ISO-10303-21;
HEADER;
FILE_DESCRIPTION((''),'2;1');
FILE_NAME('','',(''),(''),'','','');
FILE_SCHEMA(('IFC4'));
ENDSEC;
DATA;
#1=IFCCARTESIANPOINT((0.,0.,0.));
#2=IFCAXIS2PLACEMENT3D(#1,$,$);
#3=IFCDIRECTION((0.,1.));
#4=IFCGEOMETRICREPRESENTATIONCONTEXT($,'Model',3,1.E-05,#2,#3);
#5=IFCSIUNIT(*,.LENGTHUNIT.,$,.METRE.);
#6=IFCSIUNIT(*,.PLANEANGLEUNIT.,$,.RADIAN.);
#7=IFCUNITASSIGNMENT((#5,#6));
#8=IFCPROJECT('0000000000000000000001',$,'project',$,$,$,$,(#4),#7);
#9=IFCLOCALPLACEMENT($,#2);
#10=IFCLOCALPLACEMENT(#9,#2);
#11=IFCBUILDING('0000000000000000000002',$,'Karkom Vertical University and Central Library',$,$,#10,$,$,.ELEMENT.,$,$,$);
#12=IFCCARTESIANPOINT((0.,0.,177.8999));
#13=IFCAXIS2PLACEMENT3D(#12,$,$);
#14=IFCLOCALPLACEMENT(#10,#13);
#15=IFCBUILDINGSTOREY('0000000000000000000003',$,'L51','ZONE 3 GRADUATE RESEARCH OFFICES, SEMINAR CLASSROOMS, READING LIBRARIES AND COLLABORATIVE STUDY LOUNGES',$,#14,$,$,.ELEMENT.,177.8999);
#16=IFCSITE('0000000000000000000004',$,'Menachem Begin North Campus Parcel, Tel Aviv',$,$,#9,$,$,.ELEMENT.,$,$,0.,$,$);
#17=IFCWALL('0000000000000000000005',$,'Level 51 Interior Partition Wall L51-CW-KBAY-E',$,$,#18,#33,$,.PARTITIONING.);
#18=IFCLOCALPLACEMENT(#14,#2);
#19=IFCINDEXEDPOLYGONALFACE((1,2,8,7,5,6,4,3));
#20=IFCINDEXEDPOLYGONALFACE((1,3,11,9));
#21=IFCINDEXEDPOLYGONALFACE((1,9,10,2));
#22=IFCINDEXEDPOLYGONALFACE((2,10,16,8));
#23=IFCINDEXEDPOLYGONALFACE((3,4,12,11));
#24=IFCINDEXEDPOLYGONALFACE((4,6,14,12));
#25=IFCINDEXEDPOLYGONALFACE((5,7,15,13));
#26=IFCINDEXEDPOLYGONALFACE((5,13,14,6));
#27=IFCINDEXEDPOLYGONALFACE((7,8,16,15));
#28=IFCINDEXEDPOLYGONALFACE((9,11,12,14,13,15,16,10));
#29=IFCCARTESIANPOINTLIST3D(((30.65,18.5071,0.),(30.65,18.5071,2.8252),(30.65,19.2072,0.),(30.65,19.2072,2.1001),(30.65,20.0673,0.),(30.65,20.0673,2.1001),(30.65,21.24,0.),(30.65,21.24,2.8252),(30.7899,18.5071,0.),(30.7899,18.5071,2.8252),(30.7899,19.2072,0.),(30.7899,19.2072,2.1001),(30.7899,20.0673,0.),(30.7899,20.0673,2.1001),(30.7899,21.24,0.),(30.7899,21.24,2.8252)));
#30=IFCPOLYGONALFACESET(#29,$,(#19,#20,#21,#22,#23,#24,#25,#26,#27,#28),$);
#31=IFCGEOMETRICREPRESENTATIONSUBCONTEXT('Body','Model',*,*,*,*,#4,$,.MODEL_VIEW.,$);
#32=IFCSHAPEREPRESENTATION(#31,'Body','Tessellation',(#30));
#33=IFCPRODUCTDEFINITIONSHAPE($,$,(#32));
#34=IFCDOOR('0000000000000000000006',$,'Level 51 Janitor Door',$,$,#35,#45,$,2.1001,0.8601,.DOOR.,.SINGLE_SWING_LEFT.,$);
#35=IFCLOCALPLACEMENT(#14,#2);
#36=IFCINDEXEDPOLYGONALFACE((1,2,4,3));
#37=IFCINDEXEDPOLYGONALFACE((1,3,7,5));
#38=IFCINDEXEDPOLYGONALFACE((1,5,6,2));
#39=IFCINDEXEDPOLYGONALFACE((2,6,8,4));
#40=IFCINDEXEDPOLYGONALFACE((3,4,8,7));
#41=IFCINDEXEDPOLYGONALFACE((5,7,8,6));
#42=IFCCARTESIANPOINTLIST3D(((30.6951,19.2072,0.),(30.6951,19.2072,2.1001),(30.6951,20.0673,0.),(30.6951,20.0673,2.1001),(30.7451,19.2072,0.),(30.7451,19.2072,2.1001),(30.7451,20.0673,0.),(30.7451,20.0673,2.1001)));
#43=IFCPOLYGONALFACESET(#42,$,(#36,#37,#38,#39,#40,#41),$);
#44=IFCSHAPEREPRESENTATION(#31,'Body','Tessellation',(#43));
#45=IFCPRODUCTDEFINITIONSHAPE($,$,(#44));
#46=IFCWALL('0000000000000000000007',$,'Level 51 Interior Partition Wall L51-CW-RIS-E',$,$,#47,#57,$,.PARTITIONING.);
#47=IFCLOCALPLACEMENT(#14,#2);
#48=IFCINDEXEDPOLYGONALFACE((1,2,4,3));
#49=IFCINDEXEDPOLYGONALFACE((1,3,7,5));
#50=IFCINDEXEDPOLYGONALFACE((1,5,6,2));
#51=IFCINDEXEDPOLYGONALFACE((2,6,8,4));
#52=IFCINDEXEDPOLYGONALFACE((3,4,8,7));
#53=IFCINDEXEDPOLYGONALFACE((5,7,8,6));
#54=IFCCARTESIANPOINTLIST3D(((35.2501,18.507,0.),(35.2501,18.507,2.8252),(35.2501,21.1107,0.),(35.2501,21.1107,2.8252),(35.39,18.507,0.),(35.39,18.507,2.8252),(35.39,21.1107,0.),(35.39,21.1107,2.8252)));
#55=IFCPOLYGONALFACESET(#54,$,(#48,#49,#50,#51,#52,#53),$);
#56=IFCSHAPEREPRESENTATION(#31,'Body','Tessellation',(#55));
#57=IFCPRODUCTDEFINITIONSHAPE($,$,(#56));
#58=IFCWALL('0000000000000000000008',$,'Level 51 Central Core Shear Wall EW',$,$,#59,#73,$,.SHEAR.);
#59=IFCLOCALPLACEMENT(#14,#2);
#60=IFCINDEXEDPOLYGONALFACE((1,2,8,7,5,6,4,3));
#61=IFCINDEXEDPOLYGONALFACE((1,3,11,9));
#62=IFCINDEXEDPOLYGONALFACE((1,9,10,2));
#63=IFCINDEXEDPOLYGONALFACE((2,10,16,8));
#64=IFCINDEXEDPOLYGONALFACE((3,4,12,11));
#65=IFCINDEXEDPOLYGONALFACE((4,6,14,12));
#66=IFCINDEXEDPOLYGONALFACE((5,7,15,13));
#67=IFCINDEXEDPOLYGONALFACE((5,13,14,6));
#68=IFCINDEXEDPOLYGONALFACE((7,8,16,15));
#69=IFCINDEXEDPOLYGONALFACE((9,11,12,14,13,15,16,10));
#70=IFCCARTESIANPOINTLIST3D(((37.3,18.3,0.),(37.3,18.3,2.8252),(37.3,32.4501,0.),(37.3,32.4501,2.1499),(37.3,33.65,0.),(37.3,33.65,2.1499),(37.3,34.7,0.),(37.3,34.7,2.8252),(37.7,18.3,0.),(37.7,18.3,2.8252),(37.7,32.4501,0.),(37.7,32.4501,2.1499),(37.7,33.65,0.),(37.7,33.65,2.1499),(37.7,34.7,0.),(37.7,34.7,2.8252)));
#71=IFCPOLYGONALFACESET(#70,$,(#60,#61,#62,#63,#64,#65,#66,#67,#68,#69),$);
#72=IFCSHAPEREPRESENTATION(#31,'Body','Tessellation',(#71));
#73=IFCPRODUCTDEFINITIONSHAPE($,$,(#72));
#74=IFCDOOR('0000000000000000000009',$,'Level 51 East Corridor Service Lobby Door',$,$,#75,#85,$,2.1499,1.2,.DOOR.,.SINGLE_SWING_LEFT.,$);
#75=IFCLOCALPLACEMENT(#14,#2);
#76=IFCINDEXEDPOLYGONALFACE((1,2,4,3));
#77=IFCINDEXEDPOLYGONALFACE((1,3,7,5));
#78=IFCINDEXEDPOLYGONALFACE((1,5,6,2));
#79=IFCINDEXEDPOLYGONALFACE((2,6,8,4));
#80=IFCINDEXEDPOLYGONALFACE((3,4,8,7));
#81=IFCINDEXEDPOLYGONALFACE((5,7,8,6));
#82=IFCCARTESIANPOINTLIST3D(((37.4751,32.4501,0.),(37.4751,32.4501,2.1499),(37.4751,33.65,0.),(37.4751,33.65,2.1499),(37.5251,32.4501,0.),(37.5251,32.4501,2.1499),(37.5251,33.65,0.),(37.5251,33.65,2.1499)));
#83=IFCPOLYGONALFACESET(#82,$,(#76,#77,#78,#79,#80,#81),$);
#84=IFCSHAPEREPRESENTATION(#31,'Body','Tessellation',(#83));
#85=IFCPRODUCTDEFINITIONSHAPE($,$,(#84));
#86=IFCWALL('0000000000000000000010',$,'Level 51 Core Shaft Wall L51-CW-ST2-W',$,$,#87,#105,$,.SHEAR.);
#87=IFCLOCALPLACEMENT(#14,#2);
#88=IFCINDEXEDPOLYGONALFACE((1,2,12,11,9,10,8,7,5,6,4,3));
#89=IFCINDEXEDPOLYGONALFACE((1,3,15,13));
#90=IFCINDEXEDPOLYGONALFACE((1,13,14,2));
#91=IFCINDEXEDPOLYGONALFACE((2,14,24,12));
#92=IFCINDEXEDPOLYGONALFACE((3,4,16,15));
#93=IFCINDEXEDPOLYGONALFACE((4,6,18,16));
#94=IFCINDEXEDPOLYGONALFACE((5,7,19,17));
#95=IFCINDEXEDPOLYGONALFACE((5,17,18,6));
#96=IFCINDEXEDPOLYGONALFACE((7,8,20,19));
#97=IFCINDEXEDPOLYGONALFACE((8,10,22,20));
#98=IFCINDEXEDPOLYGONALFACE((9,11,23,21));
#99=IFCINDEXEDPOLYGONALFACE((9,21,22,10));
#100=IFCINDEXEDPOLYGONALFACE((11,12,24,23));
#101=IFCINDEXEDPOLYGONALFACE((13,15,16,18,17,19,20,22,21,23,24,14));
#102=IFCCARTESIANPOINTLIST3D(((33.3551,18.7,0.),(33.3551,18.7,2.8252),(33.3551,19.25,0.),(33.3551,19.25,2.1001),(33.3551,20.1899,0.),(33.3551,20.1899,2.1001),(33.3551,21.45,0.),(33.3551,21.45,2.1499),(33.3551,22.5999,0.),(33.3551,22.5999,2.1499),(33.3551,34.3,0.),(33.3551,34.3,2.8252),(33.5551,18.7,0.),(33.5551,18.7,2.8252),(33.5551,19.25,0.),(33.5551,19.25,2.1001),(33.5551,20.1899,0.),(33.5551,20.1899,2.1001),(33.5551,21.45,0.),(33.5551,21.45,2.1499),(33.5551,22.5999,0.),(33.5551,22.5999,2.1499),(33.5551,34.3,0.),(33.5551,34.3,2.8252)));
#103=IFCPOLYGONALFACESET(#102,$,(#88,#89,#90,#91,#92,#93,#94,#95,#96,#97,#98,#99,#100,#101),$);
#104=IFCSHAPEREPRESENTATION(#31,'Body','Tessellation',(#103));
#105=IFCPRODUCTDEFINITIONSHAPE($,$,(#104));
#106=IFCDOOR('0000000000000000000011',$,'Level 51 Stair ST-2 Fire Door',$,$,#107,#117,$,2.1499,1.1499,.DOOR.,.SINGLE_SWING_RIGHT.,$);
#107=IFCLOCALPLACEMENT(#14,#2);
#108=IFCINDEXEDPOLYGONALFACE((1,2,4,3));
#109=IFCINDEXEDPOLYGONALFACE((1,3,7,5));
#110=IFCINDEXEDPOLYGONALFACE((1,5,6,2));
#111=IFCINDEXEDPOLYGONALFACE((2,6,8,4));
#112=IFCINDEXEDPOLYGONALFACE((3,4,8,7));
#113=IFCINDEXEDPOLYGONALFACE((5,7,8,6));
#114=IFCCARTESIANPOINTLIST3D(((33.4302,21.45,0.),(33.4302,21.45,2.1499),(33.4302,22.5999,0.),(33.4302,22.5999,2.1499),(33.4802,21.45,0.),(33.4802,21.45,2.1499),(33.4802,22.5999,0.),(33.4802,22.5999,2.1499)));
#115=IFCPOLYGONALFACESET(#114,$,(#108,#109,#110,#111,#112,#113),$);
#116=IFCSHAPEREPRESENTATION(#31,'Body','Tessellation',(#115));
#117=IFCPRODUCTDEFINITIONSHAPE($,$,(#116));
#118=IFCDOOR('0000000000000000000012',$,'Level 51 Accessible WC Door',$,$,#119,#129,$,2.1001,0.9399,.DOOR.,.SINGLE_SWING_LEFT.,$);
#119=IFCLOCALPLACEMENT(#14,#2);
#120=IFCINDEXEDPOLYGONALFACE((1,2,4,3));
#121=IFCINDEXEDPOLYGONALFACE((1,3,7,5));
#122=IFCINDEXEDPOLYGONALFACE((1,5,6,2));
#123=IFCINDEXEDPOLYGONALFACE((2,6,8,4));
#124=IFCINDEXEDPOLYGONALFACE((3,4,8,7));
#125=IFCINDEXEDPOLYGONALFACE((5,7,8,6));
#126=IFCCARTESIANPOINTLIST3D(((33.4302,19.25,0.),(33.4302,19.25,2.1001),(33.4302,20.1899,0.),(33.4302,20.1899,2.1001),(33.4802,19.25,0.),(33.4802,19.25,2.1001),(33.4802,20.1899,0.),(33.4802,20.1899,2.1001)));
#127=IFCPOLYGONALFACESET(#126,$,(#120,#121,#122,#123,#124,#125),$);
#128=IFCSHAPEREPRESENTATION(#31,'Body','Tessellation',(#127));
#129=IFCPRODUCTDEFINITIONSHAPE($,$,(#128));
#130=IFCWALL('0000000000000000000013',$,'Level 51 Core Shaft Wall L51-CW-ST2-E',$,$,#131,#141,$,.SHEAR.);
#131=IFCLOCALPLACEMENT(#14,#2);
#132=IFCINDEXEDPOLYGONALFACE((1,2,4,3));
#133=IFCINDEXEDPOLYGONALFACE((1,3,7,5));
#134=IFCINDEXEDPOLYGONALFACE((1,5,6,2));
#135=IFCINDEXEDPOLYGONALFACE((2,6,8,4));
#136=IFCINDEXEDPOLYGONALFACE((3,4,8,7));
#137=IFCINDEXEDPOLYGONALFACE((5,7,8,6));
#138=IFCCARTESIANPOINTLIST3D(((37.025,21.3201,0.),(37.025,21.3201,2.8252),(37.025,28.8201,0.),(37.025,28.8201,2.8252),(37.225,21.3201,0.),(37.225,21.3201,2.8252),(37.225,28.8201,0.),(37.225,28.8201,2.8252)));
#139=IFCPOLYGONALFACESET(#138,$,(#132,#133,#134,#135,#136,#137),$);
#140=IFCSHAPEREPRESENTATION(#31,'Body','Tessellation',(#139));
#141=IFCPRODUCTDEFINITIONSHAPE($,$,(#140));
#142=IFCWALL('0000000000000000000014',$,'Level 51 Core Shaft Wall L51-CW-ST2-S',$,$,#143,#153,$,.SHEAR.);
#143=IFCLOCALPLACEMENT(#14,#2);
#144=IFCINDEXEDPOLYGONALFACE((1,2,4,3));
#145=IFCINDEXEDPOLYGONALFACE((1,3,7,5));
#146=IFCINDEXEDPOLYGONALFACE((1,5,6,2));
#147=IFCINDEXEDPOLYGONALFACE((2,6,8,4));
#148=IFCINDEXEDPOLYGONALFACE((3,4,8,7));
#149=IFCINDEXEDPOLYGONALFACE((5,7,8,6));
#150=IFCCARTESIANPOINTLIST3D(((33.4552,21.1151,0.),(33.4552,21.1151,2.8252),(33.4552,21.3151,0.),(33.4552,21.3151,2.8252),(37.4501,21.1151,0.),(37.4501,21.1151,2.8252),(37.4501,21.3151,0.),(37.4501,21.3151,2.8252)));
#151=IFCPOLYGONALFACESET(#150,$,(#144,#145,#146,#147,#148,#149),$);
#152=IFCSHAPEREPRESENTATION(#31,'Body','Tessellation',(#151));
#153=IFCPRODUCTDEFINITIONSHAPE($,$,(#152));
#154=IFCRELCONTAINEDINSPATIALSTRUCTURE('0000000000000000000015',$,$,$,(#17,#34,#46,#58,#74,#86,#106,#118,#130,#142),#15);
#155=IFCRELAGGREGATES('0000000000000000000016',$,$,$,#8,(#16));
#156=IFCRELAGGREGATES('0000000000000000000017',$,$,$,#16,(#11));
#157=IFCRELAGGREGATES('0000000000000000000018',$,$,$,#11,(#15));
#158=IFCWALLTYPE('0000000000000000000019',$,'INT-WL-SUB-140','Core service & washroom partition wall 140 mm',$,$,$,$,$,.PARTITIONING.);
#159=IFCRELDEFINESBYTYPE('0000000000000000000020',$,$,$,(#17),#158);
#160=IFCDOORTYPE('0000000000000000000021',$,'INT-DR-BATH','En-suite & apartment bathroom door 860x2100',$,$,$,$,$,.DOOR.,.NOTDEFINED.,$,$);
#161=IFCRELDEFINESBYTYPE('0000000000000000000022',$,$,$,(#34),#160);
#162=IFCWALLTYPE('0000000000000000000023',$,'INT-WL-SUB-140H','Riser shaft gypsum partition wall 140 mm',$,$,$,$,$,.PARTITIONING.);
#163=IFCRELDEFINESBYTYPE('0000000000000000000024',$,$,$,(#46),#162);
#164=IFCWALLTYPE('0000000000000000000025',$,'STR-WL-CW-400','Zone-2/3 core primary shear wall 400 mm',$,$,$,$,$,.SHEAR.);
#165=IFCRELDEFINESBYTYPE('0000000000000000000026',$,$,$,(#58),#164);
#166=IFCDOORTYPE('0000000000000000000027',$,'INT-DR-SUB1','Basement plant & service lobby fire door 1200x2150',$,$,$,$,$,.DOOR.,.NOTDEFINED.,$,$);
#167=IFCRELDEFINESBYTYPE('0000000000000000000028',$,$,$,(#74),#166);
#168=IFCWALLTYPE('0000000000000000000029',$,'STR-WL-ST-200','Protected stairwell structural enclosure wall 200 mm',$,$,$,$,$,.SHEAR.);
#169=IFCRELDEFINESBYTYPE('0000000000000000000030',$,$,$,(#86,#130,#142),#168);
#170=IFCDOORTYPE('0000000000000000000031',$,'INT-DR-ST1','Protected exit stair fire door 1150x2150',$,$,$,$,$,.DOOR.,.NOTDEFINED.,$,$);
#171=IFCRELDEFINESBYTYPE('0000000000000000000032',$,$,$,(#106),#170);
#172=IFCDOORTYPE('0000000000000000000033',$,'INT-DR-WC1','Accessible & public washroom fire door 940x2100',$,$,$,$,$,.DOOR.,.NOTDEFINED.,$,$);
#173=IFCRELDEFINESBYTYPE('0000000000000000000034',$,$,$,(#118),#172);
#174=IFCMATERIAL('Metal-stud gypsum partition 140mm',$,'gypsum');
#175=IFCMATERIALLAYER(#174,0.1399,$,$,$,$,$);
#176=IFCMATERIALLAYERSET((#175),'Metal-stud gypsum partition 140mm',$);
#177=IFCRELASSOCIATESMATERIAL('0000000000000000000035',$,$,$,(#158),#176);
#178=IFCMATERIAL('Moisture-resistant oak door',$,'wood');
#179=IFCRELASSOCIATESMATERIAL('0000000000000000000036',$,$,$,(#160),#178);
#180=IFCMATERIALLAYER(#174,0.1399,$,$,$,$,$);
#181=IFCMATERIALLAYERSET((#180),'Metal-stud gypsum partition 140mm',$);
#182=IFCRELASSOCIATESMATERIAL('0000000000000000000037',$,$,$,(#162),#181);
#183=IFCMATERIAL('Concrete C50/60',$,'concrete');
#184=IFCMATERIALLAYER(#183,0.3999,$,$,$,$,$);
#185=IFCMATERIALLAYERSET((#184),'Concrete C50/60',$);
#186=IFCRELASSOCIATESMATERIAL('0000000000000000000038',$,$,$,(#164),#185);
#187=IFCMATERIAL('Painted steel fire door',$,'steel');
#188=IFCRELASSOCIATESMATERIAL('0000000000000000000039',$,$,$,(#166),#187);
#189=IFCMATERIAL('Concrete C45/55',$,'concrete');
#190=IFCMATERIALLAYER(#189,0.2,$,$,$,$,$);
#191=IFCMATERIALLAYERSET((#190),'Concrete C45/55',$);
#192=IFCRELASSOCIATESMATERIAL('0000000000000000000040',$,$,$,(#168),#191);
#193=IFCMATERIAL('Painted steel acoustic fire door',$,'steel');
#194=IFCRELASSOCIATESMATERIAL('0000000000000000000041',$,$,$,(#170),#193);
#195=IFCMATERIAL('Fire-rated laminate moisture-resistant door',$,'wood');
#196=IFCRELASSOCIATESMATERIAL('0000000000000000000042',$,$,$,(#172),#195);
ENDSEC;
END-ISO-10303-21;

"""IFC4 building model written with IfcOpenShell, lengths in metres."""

from ifc_helpers import new_model, si_unit, direction, frame, frame_2d, origin, origin_with_axes, place, context, subcontext, project, spatial, rectangle, extrude, source, transform, mapped, material, layer, layer_set, type_object, element, fill, save


model = new_model("IFC4")

# Units and contexts
model_context = context("Model", 3, precision=1e-05, world=origin(), true_north=direction((0.0, 1.0)))
body_context = subcontext(model_context, "Body", "Model", "MODEL_VIEW")
ifc_project = project(units=[si_unit("LENGTHUNIT", "METRE"), si_unit("PLANEANGLEUNIT", "RADIAN")], contexts=[model_context])

# Site, building, storey
site_placement = place(None, origin())
site = spatial("IfcSite", under=ifc_project, at=site_placement, Name="Menachem Begin North Campus Parcel, Tel Aviv", CompositionType="ELEMENT", RefElevation=0.0)
building_placement = place(site_placement, origin())
building = spatial("IfcBuilding", under=site, at=building_placement, Name="Karkom Vertical University and Central Library", CompositionType="ELEMENT")
storey_placement = place(building_placement, frame((0.0, 0.0, 177.8999)))
storey = spatial("IfcBuildingStorey", under=building, at=storey_placement, Name="L51", Description="ZONE 3 GRADUATE RESEARCH OFFICES, SEMINAR CLASSROOMS, READING LIBRARIES AND COLLABORATIVE STUDY LOUNGES", CompositionType="ELEMENT", Elevation=177.8999)

# Shared definitions
ifc_material_1 = material(Name="Concrete C50/60", Category="concrete")

# Wall, opening, door
ifc_material_2 = material(Name="Metal-stud gypsum partition 140mm", Category="gypsum")
ifc_layer_1 = layer(ifc_material_2, 0.1399)
ifc_layer_set_1 = layer_set([ifc_layer_1], Name="Metal-stud gypsum partition 140mm")
wall_type_1 = type_object("IfcWallType", Name="INT-WL-SUB-140", Description="Core service & washroom partition wall 140 mm", PredefinedType="PARTITIONING", material=ifc_layer_set_1)
wall_1_placement = place(storey_placement, frame((30.72, 18.5071, 0.0), z_axis=(0.0, 0.0, 1.0), x_axis=(0.0, 1.0, 0.0)))
wall_1 = element("IfcWall", 1, at=wall_1_placement, inside=storey, type_object=wall_type_1, Name="Level 51 Interior Partition Wall L51-CW-KBAY-E", PredefinedType="PARTITIONING", context=body_context, shape_type="SweptSolid", body=[
    extrude(rectangle(XDim=2.7329, YDim=0.1399, at=frame_2d((1.3665, 0.0))), origin(), (0.0, 0.0, 1.0), 2.8252),
])
opening_1_placement = place(wall_1_placement, frame((0.7, 0.0, 0.0)))
opening_1 = element("IfcOpeningElement", 2, at=opening_1_placement, cuts=wall_1, PredefinedType="OPENING", context=body_context, shape_type="SweptSolid", body=[
    extrude(rectangle(XDim=0.8601, YDim=2.1001, at=frame_2d((0.4302, 1.05))), frame((0.0, 0.0801, 0.0), z_axis=(0.0, -1.0, 0.0), x_axis=(1.0, 0.0, 0.0)), (0.0, 0.0, 1.0), 0.1599),
])
ifc_material_3 = material(Name="Moisture-resistant oak door", Category="wood")
door_type_1 = type_object("IfcDoorType", Name="INT-DR-BATH", Description="En-suite & apartment bathroom door 860x2100", OperationType="NOTDEFINED", PredefinedType="DOOR", material=ifc_material_3)
shared_shape_1 = source(origin_with_axes(), body_context, "Body", "SweptSolid", [
    extrude(rectangle(XDim=0.8601, YDim=2.1001, at=frame_2d((0.4302, 1.05))), frame((0.0, 0.0249, 0.0), z_axis=(0.0, -1.0, 0.0), x_axis=(1.0, 0.0, 0.0)), (0.0, 0.0, 1.0), 0.05),
])
door_1_placement = place(opening_1_placement, origin())
door_1 = element("IfcDoor", 3, at=door_1_placement, inside=storey, type_object=door_type_1, Name="Level 51 Janitor Door", OperationType="SINGLE_SWING_LEFT", OverallHeight=2.1001, OverallWidth=0.8601, PredefinedType="DOOR", context=body_context, shape_type="MappedRepresentation", body=[
    mapped(shared_shape_1, transform((0.0, 0.0, 0.0), scale=1.0)),
])
fill(opening_1, door_1)

# Wall
ifc_layer_2 = layer(ifc_material_2, 0.1399)
ifc_layer_set_2 = layer_set([ifc_layer_2], Name="Metal-stud gypsum partition 140mm")
wall_type_2 = type_object("IfcWallType", Name="INT-WL-SUB-140H", Description="Riser shaft gypsum partition wall 140 mm", PredefinedType="PARTITIONING", material=ifc_layer_set_2)
wall_2_placement = place(storey_placement, frame((35.3201, 18.5071, 0.0), z_axis=(0.0, 0.0, 1.0), x_axis=(0.0, 1.0, 0.0)))
element("IfcWall", 4, at=wall_2_placement, inside=storey, type_object=wall_type_2, Name="Level 51 Interior Partition Wall L51-CW-RIS-E", PredefinedType="PARTITIONING", context=body_context, shape_type="SweptSolid", body=[
    extrude(rectangle(XDim=2.6038, YDim=0.1399, at=frame_2d((1.3018, 0.0))), origin(), (0.0, 0.0, 1.0), 2.8252),
])

# Wall, opening, door
ifc_layer_3 = layer(ifc_material_1, 0.3999)
ifc_layer_set_3 = layer_set([ifc_layer_3], Name="Concrete C50/60")
wall_type_3 = type_object("IfcWallType", Name="STR-WL-CW-400", Description="Zone-2/3 core primary shear wall 400 mm", PredefinedType="SHEAR", material=ifc_layer_set_3)
wall_3_placement = place(storey_placement, frame((37.5, 18.3, 0.0), z_axis=(0.0, 0.0, 1.0), x_axis=(0.0, 1.0, 0.0)))
wall_3 = element("IfcWall", 5, at=wall_3_placement, inside=storey, type_object=wall_type_3, Name="Level 51 Central Core Shear Wall EW", PredefinedType="SHEAR", context=body_context, shape_type="SweptSolid", body=[
    extrude(rectangle(XDim=16.3999, YDim=0.3999, at=frame_2d((8.2, 0.0))), origin(), (0.0, 0.0, 1.0), 2.8252),
])
opening_2_placement = place(wall_3_placement, frame((14.1499, 0.0, 0.0)))
opening_2 = element("IfcOpeningElement", 6, at=opening_2_placement, cuts=wall_3, PredefinedType="OPENING", context=body_context, shape_type="SweptSolid", body=[
    extrude(rectangle(XDim=1.2, YDim=2.1499, at=frame_2d((0.6001, 1.075))), frame((0.0, 0.21, 0.0), z_axis=(0.0, -1.0, 0.0), x_axis=(1.0, 0.0, 0.0)), (0.0, 0.0, 1.0), 0.4199),
])
ifc_material_4 = material(Name="Painted steel fire door", Category="steel")
door_type_2 = type_object("IfcDoorType", Name="INT-DR-SUB1", Description="Basement plant & service lobby fire door 1200x2150", OperationType="NOTDEFINED", PredefinedType="DOOR", material=ifc_material_4)
shared_shape_2 = source(origin_with_axes(), body_context, "Body", "SweptSolid", [
    extrude(rectangle(XDim=1.2, YDim=2.1499, at=frame_2d((0.6001, 1.075))), frame((0.0, 0.0249, 0.0), z_axis=(0.0, -1.0, 0.0), x_axis=(1.0, 0.0, 0.0)), (0.0, 0.0, 1.0), 0.05),
])
door_2_placement = place(opening_2_placement, origin())
door_2 = element("IfcDoor", 7, at=door_2_placement, inside=storey, type_object=door_type_2, Name="Level 51 East Corridor Service Lobby Door", OperationType="SINGLE_SWING_LEFT", OverallHeight=2.1499, OverallWidth=1.2, PredefinedType="DOOR", context=body_context, shape_type="MappedRepresentation", body=[
    mapped(shared_shape_2, transform((0.0, 0.0, 0.0), scale=1.0)),
])
fill(opening_2, door_2)

# Wall, openings, doors
ifc_material_5 = material(Name="Concrete C45/55", Category="concrete")
ifc_layer_4 = layer(ifc_material_5, 0.2)
ifc_layer_set_4 = layer_set([ifc_layer_4], Name="Concrete C45/55")
wall_type_4 = type_object("IfcWallType", Name="STR-WL-ST-200", Description="Protected stairwell structural enclosure wall 200 mm", PredefinedType="SHEAR", material=ifc_layer_set_4)
wall_4_placement = place(storey_placement, frame((33.4551, 18.7, 0.0), z_axis=(0.0, 0.0, 1.0), x_axis=(0.0, 1.0, 0.0)))
wall_4 = element("IfcWall", 8, at=wall_4_placement, inside=storey, type_object=wall_type_4, Name="Level 51 Core Shaft Wall L51-CW-ST2-W", PredefinedType="SHEAR", context=body_context, shape_type="SweptSolid", body=[
    extrude(rectangle(XDim=15.6001, YDim=0.2, at=frame_2d((7.8, 0.0))), origin(), (0.0, 0.0, 1.0), 2.8252),
])
opening_3_placement = place(wall_4_placement, frame((2.75, 0.0, 0.0)))
opening_3 = element("IfcOpeningElement", 9, at=opening_3_placement, cuts=wall_4, PredefinedType="OPENING", context=body_context, shape_type="SweptSolid", body=[
    extrude(rectangle(XDim=1.1499, YDim=2.1499, at=frame_2d((0.575, 1.075))), frame((0.0, 0.1099, 0.0), z_axis=(0.0, -1.0, 0.0), x_axis=(1.0, 0.0, 0.0)), (0.0, 0.0, 1.0), 0.22),
])
opening_4_placement = place(wall_4_placement, frame((0.55, 0.0, 0.0)))
opening_4 = element("IfcOpeningElement", 10, at=opening_4_placement, cuts=wall_4, PredefinedType="OPENING", context=body_context, shape_type="SweptSolid", body=[
    extrude(rectangle(XDim=0.9399, YDim=2.1001, at=frame_2d((0.47, 1.05))), frame((0.0, 0.1099, 0.0), z_axis=(0.0, -1.0, 0.0), x_axis=(1.0, 0.0, 0.0)), (0.0, 0.0, 1.0), 0.22),
])
ifc_material_6 = material(Name="Painted steel acoustic fire door", Category="steel")
door_type_3 = type_object("IfcDoorType", Name="INT-DR-ST1", Description="Protected exit stair fire door 1150x2150", OperationType="NOTDEFINED", PredefinedType="DOOR", material=ifc_material_6)
shared_shape_3 = source(origin_with_axes(), body_context, "Body", "SweptSolid", [
    extrude(rectangle(XDim=1.1499, YDim=2.1499, at=frame_2d((0.575, 1.075))), frame((0.0, 0.0249, 0.0), z_axis=(0.0, -1.0, 0.0), x_axis=(1.0, 0.0, 0.0)), (0.0, 0.0, 1.0), 0.05),
])
door_3_placement = place(opening_3_placement, origin())
door_3 = element("IfcDoor", 11, at=door_3_placement, inside=storey, type_object=door_type_3, Name="Level 51 Stair ST-2 Fire Door", OperationType="SINGLE_SWING_RIGHT", OverallHeight=2.1499, OverallWidth=1.1499, PredefinedType="DOOR", context=body_context, shape_type="MappedRepresentation", body=[
    mapped(shared_shape_3, transform((0.0, 0.0, 0.0), scale=1.0)),
])
fill(opening_3, door_3)
ifc_material_7 = material(Name="Fire-rated laminate moisture-resistant door", Category="wood")
door_type_4 = type_object("IfcDoorType", Name="INT-DR-WC1", Description="Accessible & public washroom fire door 940x2100", OperationType="NOTDEFINED", PredefinedType="DOOR", material=ifc_material_7)
shared_shape_4 = source(origin_with_axes(), body_context, "Body", "SweptSolid", [
    extrude(rectangle(XDim=0.9399, YDim=2.1001, at=frame_2d((0.47, 1.05))), frame((0.0, 0.0249, 0.0), z_axis=(0.0, -1.0, 0.0), x_axis=(1.0, 0.0, 0.0)), (0.0, 0.0, 1.0), 0.05),
])
door_4_placement = place(opening_4_placement, origin())
door_4 = element("IfcDoor", 12, at=door_4_placement, inside=storey, type_object=door_type_4, Name="Level 51 Accessible WC Door", OperationType="SINGLE_SWING_LEFT", OverallHeight=2.1001, OverallWidth=0.9399, PredefinedType="DOOR", context=body_context, shape_type="MappedRepresentation", body=[
    mapped(shared_shape_4, transform((0.0, 0.0, 0.0), scale=1.0)),
])
fill(opening_4, door_4)

# Walls
wall_5_placement = place(storey_placement, frame((37.125, 21.3201, 0.0), z_axis=(0.0, 0.0, 1.0), x_axis=(0.0, 1.0, 0.0)))
element("IfcWall", 13, at=wall_5_placement, inside=storey, type_object=wall_type_4, Name="Level 51 Core Shaft Wall L51-CW-ST2-E", PredefinedType="SHEAR", context=body_context, shape_type="SweptSolid", body=[
    extrude(rectangle(XDim=7.5, YDim=0.2, at=frame_2d((3.75, 0.0))), origin(), (0.0, 0.0, 1.0), 2.8252),
])
wall_6_placement = place(storey_placement, frame((33.4551, 21.2151, 0.0), z_axis=(0.0, 0.0, 1.0), x_axis=(1.0, 0.0, 0.0)))
element("IfcWall", 14, at=wall_6_placement, inside=storey, type_object=wall_type_4, Name="Level 51 Core Shaft Wall L51-CW-ST2-S", PredefinedType="SHEAR", context=body_context, shape_type="SweptSolid", body=[
    extrude(rectangle(XDim=3.9949, YDim=0.2, at=frame_2d((1.9976, 0.0))), origin(), (0.0, 0.0, 1.0), 2.8252),
])

save(model, "model.ifc")
